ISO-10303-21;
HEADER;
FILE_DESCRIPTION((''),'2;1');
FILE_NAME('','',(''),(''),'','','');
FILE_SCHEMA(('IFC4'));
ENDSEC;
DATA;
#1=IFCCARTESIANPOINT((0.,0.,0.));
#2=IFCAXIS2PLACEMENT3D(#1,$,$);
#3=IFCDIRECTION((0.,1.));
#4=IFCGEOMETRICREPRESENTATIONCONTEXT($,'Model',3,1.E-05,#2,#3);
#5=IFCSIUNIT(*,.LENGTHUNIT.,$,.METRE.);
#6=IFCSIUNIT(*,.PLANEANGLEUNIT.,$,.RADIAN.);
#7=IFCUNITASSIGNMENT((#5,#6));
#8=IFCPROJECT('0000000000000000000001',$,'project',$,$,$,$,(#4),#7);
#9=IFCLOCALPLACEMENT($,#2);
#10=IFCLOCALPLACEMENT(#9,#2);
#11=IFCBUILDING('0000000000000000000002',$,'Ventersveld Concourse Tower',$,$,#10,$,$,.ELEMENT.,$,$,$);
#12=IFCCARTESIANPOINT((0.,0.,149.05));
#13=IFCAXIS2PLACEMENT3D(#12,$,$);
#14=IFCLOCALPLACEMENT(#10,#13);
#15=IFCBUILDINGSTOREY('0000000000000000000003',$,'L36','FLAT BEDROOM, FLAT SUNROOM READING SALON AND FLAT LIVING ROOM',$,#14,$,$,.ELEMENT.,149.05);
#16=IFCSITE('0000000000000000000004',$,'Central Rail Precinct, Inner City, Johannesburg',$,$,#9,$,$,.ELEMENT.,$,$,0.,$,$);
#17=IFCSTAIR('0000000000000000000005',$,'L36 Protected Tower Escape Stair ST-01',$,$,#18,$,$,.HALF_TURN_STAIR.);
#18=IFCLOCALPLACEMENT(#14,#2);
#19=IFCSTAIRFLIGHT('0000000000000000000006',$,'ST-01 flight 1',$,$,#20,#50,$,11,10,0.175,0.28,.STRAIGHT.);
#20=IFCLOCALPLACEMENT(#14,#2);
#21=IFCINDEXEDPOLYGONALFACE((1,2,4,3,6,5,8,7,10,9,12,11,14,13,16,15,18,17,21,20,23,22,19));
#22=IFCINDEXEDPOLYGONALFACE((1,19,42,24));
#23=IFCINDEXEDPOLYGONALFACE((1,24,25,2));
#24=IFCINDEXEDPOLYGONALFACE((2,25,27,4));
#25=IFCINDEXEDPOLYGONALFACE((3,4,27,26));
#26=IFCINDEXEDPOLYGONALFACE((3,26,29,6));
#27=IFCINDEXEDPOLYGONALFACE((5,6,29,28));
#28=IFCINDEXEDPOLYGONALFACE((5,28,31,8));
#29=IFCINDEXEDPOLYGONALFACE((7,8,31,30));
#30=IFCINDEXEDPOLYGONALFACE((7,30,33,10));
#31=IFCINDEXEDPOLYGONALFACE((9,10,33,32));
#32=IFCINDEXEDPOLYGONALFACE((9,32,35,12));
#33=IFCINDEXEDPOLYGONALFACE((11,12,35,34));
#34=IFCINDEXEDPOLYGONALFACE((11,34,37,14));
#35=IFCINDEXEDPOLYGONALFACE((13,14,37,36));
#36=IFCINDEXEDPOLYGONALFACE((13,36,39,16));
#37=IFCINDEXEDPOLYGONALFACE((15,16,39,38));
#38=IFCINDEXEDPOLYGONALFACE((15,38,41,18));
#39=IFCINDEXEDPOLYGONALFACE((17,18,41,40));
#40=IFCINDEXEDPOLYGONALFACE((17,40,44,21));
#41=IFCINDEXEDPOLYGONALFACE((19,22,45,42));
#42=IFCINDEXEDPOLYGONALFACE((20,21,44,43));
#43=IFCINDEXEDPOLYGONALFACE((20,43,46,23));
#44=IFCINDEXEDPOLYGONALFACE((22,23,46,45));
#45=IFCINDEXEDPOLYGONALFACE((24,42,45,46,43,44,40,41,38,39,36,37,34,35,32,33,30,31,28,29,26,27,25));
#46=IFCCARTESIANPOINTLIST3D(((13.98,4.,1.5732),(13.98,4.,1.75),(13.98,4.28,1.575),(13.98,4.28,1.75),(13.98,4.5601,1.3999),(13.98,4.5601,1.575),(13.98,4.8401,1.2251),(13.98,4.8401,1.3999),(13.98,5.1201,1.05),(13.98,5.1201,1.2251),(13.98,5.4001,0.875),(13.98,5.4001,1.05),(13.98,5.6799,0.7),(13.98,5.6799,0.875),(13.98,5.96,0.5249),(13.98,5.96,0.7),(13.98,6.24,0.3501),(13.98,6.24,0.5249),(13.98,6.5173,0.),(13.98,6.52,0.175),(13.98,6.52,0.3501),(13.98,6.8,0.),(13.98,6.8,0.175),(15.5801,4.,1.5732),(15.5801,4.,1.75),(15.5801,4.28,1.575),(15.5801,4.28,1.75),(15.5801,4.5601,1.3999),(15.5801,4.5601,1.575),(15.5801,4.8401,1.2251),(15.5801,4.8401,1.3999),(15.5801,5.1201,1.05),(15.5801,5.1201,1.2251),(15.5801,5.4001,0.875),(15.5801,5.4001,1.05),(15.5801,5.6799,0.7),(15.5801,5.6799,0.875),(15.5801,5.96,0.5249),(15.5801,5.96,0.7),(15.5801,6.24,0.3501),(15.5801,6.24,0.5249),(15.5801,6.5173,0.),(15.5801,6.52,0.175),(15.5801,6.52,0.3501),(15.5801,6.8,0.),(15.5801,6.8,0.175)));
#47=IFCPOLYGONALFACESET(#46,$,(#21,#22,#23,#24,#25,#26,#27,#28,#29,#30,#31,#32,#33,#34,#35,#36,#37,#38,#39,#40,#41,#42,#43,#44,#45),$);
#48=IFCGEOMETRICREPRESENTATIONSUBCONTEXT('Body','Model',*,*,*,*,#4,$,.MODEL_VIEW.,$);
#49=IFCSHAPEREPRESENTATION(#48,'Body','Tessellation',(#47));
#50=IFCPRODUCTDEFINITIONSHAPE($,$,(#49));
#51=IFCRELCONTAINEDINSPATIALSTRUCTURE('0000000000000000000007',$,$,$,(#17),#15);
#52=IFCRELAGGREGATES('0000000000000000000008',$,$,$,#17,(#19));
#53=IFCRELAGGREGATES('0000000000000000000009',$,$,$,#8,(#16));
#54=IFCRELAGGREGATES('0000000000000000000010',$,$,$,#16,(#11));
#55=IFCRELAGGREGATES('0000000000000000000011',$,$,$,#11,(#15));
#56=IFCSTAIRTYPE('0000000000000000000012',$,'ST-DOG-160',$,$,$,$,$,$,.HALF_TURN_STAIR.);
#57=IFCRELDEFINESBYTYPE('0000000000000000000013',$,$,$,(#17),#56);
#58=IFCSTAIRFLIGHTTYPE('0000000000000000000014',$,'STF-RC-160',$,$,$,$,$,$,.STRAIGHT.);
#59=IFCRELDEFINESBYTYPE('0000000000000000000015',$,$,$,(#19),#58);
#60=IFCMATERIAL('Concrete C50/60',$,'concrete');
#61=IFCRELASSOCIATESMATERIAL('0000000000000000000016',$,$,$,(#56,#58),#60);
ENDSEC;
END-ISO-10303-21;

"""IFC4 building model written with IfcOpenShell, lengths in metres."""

from ifc_helpers import new_model, si_unit, direction, frame, origin, place, context, subcontext, project, spatial, polyline, outline, extrude, material, type_object, element, aggregate, save


model = new_model("IFC4")

# Units and contexts
model_context = context("Model", 3, precision=1e-05, world=origin(), true_north=direction((0.0, 1.0)))
body_context = subcontext(model_context, "Body", "Model", "MODEL_VIEW")
ifc_project = project(units=[si_unit("LENGTHUNIT", "METRE"), si_unit("PLANEANGLEUNIT", "RADIAN")], contexts=[model_context])

# Site, building, storey
site_placement = place(None, origin())
site = spatial("IfcSite", under=ifc_project, at=site_placement, Name="Central Rail Precinct, Inner City, Johannesburg", CompositionType="ELEMENT", RefElevation=0.0)
building_placement = place(site_placement, origin())
building = spatial("IfcBuilding", under=site, at=building_placement, Name="Ventersveld Concourse Tower", CompositionType="ELEMENT")
storey_placement = place(building_placement, frame((0.0, 0.0, 149.05)))
storey = spatial("IfcBuildingStorey", under=building, at=storey_placement, Name="L36", Description="FLAT BEDROOM, FLAT SUNROOM READING SALON AND FLAT LIVING ROOM", CompositionType="ELEMENT", Elevation=149.05)

# Stair, stair flight
ifc_material_1 = material(Name="Concrete C50/60", Category="concrete")
stair_type = type_object("IfcStairType", Name="ST-DOG-160", PredefinedType="HALF_TURN_STAIR", material=ifc_material_1)
stair_placement = place(storey_placement, origin())
stair = element("IfcStair", 1, at=stair_placement, inside=storey, type_object=stair_type, Name="L36 Protected Tower Escape Stair ST-01", PredefinedType="HALF_TURN_STAIR")
stair_flight_type = type_object("IfcStairFlightType", Name="STF-RC-160", PredefinedType="STRAIGHT", material=ifc_material_1)
stair_flight_placement = place(storey_placement, frame((14.78, 6.8, 0.0), z_axis=(0.0, 0.0, 1.0), x_axis=(0.0, -1.0, 0.0)))
stair_flight = element("IfcStairFlight", 2, at=stair_flight_placement, type_object=stair_flight_type, Name="ST-01 flight 1", NumberOfRisers=11, NumberOfTreads=10, PredefinedType="STRAIGHT", RiserHeight=0.175, TreadLength=0.28, context=body_context, shape_type="SweptSolid", body=[
    extrude(outline(polyline([(0.0, 0.0), (0.0, 0.175), (0.28, 0.175), (0.28, 0.3501), (0.5601, 0.3501), (0.5601, 0.5249), (0.8401, 0.5249), (0.8401, 0.7), (1.1201, 0.7), (1.1201, 0.875), (1.3999, 0.875), (1.3999, 1.05), (1.6799, 1.05), (1.6799, 1.2251), (1.96, 1.2251), (1.96, 1.3999), (2.24, 1.3999), (2.24, 1.575), (2.52, 1.575), (2.52, 1.75), (2.8, 1.75), (2.8, 1.925), (2.8, 1.5732), (0.2827, 0.0), (0.0, 0.0)])), frame((0.0, 0.8, 0.0), z_axis=(0.0, -1.0, 0.0), x_axis=(1.0, 0.0, 0.0)), (0.0, 0.0, 1.0), 1.6001),
])
aggregate(stair, [stair_flight])

save(model, "model.ifc")
